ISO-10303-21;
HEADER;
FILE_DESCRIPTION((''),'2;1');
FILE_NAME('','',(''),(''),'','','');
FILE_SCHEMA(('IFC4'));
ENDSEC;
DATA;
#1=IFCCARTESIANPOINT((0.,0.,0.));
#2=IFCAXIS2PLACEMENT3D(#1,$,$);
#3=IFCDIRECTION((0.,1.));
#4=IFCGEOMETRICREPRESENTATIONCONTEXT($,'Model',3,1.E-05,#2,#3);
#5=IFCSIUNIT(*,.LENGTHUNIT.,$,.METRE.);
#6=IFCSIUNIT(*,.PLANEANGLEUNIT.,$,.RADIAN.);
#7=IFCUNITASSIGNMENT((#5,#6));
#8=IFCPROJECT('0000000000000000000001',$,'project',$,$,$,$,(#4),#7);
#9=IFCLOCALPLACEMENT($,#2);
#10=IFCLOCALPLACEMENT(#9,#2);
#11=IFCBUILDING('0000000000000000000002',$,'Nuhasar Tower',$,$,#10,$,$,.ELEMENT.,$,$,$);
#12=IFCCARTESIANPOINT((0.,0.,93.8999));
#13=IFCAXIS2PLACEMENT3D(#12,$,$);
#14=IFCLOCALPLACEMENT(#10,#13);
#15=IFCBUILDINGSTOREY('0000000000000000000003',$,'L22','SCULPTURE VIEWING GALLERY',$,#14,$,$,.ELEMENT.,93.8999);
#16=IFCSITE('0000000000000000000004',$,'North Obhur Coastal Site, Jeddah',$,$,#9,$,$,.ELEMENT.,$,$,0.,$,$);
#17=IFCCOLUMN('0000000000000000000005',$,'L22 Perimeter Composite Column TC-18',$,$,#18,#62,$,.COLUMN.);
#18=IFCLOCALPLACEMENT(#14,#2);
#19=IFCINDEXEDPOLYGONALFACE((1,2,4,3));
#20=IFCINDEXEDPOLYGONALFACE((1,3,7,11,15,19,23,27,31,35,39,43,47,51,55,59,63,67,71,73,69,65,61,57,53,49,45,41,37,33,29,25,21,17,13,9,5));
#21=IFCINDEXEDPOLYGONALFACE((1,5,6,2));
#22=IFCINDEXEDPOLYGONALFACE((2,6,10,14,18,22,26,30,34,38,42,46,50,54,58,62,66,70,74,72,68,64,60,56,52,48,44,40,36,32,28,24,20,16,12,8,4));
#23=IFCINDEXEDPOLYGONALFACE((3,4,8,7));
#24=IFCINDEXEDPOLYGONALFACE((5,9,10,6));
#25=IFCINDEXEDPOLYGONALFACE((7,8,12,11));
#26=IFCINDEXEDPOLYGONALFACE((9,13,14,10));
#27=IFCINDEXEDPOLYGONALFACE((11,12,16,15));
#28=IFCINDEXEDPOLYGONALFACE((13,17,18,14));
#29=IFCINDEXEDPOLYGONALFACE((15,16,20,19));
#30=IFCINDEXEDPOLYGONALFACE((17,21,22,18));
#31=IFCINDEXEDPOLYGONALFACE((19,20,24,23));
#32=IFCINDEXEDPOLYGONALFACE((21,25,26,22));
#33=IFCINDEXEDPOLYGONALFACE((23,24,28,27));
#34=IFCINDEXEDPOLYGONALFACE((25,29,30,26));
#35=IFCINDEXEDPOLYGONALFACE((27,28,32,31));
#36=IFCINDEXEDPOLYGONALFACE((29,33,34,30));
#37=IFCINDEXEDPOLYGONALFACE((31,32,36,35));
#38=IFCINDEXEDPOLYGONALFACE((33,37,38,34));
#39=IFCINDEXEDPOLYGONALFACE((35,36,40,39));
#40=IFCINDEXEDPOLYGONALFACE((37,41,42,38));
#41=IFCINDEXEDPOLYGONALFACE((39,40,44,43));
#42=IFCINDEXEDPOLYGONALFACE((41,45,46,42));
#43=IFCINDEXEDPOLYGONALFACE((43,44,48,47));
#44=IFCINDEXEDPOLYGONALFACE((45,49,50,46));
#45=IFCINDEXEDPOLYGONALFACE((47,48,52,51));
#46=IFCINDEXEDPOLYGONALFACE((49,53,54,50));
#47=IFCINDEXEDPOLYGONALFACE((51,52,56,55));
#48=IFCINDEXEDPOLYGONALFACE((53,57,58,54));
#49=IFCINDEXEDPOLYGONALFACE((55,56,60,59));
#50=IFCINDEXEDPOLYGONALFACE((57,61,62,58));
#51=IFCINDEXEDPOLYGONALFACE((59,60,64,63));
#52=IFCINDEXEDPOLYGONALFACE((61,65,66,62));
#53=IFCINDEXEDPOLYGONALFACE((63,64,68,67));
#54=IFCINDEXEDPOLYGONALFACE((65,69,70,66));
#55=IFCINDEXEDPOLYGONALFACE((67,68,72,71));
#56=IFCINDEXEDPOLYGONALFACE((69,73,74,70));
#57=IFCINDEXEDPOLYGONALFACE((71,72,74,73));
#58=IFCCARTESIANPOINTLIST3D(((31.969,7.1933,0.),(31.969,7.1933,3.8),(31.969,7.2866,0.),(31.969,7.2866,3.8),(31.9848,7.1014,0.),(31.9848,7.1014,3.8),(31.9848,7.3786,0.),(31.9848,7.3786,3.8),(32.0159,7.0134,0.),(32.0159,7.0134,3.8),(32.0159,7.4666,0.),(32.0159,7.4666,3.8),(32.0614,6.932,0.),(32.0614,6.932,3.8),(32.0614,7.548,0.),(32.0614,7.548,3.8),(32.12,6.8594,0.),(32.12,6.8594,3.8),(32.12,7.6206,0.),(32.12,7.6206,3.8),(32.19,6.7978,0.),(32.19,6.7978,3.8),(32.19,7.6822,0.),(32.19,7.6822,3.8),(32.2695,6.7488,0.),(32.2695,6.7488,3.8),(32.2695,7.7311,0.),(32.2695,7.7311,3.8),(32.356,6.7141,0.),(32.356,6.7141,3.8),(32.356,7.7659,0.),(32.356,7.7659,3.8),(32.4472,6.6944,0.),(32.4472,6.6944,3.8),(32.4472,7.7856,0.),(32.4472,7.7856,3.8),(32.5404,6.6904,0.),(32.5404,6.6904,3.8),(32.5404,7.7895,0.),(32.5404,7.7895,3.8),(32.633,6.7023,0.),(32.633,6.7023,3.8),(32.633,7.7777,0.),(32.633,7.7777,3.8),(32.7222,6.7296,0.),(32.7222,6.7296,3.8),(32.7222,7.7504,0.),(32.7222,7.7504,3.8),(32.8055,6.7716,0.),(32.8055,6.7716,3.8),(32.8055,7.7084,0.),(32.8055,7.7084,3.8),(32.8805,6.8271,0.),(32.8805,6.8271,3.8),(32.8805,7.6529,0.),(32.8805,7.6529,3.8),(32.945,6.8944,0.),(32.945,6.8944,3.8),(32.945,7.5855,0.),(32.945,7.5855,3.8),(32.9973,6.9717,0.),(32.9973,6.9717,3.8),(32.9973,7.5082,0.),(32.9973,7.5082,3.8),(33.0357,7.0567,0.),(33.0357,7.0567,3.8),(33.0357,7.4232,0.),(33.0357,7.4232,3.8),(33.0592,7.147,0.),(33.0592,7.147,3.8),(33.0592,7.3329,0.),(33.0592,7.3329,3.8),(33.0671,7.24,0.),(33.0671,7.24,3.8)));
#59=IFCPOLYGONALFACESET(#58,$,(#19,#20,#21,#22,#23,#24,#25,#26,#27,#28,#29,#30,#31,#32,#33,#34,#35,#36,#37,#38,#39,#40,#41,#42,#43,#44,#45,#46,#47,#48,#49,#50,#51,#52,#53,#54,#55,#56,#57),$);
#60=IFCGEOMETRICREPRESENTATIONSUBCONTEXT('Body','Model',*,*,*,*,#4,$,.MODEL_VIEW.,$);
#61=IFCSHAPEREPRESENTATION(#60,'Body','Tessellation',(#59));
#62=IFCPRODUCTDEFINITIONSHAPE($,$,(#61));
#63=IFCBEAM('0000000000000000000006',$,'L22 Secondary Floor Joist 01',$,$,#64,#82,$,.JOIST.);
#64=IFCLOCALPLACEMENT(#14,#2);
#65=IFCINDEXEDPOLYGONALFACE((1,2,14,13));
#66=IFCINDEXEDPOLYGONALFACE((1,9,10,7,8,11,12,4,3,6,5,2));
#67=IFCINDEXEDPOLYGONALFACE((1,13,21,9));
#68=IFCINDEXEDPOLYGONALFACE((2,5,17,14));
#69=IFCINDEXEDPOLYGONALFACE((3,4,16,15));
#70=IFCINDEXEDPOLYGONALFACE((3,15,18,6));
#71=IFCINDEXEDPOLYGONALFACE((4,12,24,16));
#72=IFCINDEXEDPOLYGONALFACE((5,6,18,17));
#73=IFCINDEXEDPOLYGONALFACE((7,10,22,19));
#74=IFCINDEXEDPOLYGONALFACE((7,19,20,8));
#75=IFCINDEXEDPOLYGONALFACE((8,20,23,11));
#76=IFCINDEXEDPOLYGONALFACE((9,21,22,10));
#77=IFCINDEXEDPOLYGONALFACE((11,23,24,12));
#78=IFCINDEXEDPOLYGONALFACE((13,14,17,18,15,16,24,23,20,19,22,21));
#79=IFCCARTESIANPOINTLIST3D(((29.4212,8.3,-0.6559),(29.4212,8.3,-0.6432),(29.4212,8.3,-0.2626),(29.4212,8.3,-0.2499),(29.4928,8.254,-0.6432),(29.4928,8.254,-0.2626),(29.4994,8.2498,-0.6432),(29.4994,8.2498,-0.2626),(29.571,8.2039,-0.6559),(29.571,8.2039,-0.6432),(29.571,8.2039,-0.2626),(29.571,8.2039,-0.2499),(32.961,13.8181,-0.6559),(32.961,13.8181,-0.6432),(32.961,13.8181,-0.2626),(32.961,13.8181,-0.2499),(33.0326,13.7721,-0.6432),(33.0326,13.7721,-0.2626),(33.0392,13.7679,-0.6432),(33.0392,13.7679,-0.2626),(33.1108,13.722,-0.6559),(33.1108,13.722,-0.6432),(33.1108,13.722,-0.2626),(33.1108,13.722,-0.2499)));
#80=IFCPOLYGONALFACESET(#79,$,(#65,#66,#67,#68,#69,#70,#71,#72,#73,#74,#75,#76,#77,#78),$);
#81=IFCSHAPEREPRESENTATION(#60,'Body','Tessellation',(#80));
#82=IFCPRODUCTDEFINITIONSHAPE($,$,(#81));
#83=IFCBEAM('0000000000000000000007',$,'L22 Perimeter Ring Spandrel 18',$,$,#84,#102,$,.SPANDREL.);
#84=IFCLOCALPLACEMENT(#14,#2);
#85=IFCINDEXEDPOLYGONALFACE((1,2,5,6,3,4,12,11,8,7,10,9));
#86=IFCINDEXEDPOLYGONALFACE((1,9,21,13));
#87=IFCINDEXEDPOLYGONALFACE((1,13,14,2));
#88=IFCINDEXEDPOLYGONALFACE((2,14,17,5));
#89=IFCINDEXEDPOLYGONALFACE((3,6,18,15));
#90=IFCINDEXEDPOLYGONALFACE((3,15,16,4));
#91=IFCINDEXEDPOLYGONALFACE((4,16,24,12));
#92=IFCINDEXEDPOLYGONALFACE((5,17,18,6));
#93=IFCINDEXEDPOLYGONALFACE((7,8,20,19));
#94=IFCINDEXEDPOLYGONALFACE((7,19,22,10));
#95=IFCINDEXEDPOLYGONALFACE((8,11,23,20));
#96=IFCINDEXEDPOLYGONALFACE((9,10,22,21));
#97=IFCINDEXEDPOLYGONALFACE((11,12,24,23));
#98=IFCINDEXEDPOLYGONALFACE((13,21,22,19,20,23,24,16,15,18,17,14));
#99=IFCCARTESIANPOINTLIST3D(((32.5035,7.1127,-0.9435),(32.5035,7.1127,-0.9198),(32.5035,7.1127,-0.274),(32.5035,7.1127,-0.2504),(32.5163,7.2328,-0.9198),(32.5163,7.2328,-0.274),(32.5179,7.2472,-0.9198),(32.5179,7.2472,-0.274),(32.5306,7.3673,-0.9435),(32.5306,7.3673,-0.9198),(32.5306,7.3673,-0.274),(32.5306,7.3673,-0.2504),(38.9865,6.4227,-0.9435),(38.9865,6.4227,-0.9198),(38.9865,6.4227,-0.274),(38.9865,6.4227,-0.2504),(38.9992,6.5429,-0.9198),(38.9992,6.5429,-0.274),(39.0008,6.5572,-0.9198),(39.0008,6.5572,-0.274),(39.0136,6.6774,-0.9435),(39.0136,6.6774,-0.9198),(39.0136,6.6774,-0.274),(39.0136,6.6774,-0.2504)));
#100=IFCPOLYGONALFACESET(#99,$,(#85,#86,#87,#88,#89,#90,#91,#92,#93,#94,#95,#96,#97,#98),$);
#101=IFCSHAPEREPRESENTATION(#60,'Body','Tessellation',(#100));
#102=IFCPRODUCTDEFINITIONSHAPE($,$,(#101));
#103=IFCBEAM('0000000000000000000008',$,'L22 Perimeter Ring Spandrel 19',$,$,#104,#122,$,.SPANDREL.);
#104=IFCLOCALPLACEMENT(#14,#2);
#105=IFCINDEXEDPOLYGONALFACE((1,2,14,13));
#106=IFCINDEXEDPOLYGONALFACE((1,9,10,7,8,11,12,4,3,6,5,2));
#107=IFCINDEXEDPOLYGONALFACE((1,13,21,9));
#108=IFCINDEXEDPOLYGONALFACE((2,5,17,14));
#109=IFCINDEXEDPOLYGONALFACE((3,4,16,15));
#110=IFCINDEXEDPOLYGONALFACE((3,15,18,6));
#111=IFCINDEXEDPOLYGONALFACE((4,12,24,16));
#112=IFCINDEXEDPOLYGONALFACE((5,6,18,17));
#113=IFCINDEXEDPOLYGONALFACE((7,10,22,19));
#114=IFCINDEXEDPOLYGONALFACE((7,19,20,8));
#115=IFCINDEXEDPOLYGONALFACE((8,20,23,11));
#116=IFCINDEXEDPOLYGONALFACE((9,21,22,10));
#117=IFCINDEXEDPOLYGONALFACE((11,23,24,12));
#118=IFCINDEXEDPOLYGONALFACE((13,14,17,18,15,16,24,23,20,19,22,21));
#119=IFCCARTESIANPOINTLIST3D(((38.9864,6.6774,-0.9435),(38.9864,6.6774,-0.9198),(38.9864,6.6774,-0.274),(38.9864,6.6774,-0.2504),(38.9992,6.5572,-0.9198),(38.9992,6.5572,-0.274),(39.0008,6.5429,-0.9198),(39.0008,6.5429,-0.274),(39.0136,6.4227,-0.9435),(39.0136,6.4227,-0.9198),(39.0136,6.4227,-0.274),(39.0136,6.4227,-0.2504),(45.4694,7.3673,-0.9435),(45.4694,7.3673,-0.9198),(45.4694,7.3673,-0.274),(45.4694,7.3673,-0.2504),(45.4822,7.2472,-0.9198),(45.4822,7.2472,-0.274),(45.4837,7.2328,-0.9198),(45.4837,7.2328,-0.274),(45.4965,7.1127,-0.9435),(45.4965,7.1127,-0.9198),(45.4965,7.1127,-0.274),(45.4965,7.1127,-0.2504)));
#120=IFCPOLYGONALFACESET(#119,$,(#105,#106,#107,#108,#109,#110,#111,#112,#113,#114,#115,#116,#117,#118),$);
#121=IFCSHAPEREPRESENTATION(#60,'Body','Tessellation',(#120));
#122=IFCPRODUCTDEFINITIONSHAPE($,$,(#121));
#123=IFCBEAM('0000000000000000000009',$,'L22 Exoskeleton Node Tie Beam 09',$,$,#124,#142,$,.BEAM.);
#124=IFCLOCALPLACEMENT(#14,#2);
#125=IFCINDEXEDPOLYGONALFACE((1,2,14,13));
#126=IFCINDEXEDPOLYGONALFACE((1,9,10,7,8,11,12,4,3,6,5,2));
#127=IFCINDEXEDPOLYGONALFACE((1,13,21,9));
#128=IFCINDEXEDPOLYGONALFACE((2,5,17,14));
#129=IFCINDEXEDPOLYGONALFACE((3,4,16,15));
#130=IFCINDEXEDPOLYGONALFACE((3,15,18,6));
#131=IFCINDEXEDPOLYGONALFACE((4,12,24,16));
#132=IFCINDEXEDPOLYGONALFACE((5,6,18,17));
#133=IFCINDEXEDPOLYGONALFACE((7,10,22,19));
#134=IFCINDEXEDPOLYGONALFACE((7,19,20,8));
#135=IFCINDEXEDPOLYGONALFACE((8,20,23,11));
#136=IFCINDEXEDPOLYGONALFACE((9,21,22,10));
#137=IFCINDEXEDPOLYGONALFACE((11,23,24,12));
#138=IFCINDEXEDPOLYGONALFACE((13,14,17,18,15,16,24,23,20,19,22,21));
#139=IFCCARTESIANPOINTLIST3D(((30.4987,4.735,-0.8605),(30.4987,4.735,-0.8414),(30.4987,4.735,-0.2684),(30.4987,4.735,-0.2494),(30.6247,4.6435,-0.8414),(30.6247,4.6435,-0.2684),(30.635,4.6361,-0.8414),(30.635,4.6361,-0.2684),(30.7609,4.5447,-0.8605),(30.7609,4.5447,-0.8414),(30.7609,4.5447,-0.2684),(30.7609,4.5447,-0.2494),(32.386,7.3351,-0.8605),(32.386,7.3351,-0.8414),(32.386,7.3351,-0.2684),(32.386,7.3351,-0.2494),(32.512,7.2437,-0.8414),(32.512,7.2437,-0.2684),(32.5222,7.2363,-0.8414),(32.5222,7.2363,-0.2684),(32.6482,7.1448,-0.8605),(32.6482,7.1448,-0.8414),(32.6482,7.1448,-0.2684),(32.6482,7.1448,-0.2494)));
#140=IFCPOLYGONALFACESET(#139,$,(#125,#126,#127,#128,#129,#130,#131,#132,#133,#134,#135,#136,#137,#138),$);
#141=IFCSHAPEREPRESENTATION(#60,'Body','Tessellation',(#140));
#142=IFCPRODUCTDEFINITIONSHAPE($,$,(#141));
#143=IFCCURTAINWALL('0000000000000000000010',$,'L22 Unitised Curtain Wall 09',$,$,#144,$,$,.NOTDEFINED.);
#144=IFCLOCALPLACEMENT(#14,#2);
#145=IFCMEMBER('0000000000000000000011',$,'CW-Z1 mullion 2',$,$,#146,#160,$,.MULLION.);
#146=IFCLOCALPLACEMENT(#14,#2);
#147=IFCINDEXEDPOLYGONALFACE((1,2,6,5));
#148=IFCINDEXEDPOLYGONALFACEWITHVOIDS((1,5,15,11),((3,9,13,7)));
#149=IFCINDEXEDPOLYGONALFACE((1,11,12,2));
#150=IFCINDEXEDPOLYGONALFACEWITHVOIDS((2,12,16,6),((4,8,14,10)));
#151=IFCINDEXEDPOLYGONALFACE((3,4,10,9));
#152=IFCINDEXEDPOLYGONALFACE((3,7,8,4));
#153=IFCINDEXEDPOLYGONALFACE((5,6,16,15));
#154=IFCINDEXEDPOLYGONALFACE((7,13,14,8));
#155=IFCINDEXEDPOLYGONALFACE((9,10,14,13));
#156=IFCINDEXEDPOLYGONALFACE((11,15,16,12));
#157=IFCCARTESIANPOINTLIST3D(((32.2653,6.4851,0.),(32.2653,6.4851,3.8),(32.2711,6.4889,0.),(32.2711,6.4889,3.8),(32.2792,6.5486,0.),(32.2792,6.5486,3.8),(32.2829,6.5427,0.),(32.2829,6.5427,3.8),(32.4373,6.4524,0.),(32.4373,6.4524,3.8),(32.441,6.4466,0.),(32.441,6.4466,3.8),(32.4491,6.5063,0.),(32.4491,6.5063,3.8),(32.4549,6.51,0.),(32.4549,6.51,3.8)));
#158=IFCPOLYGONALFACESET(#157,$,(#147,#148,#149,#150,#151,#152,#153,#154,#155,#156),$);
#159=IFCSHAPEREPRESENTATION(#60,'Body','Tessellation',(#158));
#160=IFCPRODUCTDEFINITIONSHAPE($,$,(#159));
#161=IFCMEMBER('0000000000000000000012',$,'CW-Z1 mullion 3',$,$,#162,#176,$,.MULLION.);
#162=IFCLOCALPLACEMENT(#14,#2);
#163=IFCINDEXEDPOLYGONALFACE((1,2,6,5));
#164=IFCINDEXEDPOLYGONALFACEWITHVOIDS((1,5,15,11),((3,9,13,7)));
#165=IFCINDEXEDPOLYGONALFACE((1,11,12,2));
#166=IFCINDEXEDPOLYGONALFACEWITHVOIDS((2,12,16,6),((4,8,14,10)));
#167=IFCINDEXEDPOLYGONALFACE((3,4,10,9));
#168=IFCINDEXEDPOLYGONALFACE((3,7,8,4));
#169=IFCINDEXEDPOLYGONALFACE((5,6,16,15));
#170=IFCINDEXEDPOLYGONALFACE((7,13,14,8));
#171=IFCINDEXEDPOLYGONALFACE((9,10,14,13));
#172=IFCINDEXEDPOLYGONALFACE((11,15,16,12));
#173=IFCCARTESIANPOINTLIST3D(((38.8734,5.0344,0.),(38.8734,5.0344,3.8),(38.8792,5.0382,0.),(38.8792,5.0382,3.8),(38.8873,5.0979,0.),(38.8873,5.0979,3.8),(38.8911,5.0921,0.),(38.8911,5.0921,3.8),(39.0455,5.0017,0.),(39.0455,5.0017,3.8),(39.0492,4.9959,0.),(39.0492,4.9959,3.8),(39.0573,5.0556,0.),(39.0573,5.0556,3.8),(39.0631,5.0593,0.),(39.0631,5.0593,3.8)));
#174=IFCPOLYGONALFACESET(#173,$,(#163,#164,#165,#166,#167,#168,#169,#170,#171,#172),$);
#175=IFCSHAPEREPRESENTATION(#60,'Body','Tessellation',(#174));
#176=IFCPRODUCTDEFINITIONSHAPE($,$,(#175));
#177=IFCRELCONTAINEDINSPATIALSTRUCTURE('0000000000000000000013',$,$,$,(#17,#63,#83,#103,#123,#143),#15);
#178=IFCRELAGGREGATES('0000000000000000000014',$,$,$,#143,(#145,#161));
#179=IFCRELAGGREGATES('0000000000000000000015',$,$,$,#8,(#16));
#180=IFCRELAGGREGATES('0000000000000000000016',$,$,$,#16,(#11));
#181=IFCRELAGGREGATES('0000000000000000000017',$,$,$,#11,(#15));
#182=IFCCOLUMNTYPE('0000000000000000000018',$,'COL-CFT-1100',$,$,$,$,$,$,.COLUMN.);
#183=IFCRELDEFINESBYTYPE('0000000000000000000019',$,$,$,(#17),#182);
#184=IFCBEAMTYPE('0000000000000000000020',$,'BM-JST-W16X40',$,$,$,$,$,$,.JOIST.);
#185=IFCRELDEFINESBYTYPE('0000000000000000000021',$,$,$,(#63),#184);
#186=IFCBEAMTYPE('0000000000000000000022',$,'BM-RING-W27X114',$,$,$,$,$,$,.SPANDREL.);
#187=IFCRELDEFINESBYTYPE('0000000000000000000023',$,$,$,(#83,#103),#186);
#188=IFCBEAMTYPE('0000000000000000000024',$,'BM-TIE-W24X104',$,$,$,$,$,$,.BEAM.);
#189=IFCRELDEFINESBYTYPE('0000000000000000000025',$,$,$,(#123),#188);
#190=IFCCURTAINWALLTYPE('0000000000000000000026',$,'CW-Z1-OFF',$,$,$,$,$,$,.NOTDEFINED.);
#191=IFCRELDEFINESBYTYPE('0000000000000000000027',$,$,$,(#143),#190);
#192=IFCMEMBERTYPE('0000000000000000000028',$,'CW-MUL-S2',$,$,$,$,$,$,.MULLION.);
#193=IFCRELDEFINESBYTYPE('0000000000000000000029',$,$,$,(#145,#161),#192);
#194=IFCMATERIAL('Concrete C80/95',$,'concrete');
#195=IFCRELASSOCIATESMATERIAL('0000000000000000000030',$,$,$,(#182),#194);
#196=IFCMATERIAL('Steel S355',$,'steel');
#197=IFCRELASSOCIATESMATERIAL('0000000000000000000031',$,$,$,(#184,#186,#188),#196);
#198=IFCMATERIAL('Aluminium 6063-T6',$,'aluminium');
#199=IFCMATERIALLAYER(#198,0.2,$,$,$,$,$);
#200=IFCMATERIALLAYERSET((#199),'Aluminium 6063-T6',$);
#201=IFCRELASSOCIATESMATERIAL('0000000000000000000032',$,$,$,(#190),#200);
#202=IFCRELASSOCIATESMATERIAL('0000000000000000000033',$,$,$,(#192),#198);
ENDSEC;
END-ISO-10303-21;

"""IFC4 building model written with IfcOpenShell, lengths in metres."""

from ifc_helpers import new_model, si_unit, direction, frame, origin, origin_2d, place, context, subcontext, project, spatial, hollow_rectangle, circle, i_section, extrude, material, layer, layer_set, material_profile, profile_set, type_object, element, aggregate, save


model = new_model("IFC4")

# Units and contexts
model_context = context("Model", 3, precision=1e-05, world=origin(), true_north=direction((0.0, 1.0)))
body_context = subcontext(model_context, "Body", "Model", "MODEL_VIEW")
ifc_project = project(units=[si_unit("LENGTHUNIT", "METRE"), si_unit("PLANEANGLEUNIT", "RADIAN")], contexts=[model_context])

# Site, building, storey
site_placement = place(None, origin())
site = spatial("IfcSite", under=ifc_project, at=site_placement, Name="North Obhur Coastal Site, Jeddah", CompositionType="ELEMENT", RefElevation=0.0)
building_placement = place(site_placement, origin())
building = spatial("IfcBuilding", under=site, at=building_placement, Name="Nuhasar Tower", CompositionType="ELEMENT")
storey_placement = place(building_placement, frame((0.0, 0.0, 93.8999)))
storey = spatial("IfcBuildingStorey", under=building, at=storey_placement, Name="L22", Description="SCULPTURE VIEWING GALLERY", CompositionType="ELEMENT", Elevation=93.8999)

# Column
ifc_material_1 = material(Name="Concrete C80/95", Category="concrete")
ifc_material_profile_1 = material_profile(ifc_material_1, circle(Radius=0.55, at=origin_2d()), Name="CFT1100")
ifc_profile_set_1 = profile_set([ifc_material_profile_1], Name="Concrete C80/95")
column_type = type_object("IfcColumnType", Name="COL-CFT-1100", PredefinedType="COLUMN", material=ifc_profile_set_1)
column_placement = place(storey_placement, frame((32.5171, 7.24, 0.0), z_axis=(0.0, 0.0, 1.0), x_axis=(1.0, 0.0, 0.0)))
element("IfcColumn", 1, at=column_placement, inside=storey, type_object=column_type, Name="L22 Perimeter Composite Column TC-18", PredefinedType="COLUMN", context=body_context, shape_type="SweptSolid", body=[
    extrude(circle(Radius=0.55, at=origin_2d()), origin(), (0.0, 0.0, 1.0), 3.8),
])

# Beams
ifc_material_2 = material(Name="Steel S355", Category="steel")
ifc_material_profile_2 = material_profile(ifc_material_2, i_section(OverallWidth=0.178, OverallDepth=0.406, WebThickness=0.0078, FlangeThickness=0.0127, at=origin_2d()), Name="W16X40")
ifc_profile_set_2 = profile_set([ifc_material_profile_2], Name="Steel S355")
beam_type_1 = type_object("IfcBeamType", Name="BM-JST-W16X40", PredefinedType="JOIST", material=ifc_profile_set_2)
beam_1_placement = place(storey_placement, frame((33.0359, 13.77, -0.4529), z_axis=(-0.539944, -0.841701, 0.0), x_axis=(0.841701, -0.539944, 0.0)))
element("IfcBeam", 2, at=beam_1_placement, inside=storey, type_object=beam_type_1, Name="L22 Secondary Floor Joist 01", PredefinedType="JOIST", context=body_context, shape_type="SweptSolid", body=[
    extrude(i_section(OverallWidth=0.178, OverallDepth=0.406, WebThickness=0.0078, FlangeThickness=0.0127, at=origin_2d()), origin(), (0.0, 0.0, 1.0), 6.5559),
])
ifc_material_profile_3 = material_profile(ifc_material_2, i_section(OverallWidth=0.2561, OverallDepth=0.6931, WebThickness=0.0144, FlangeThickness=0.0237, at=origin_2d()), Name="W27X114")
ifc_profile_set_3 = profile_set([ifc_material_profile_3], Name="Steel S355")
beam_type_2 = type_object("IfcBeamType", Name="BM-RING-W27X114", PredefinedType="SPANDREL", material=ifc_profile_set_3)
for number, where, z_axis, x_axis, name in (
    (3, (32.5171, 7.24, -0.5969), (0.994385, -0.105827, 0.0), (0.105827, 0.994385, 0.0), "L22 Perimeter Ring Spandrel 18"),
    (4, (39.0, 6.55, -0.5969), (0.994385, 0.105827, 0.0), (-0.105827, 0.994385, 0.0), "L22 Perimeter Ring Spandrel 19"),
):
    element("IfcBeam", number, at=place(storey_placement, frame(where, z_axis=z_axis, x_axis=x_axis)), inside=storey, type_object=beam_type_2, Name=name, PredefinedType="SPANDREL", context=body_context, shape_type="SweptSolid", body=[
        extrude(i_section(OverallWidth=0.2561, OverallDepth=0.6931, WebThickness=0.0144, FlangeThickness=0.0237, at=origin_2d()), origin(), (0.0, 0.0, 1.0), 6.5195),
    ])
ifc_material_profile_4 = material_profile(ifc_material_2, i_section(OverallWidth=0.324, OverallDepth=0.6111, WebThickness=0.0127, FlangeThickness=0.019, at=origin_2d()), Name="W24X104")
ifc_profile_set_4 = profile_set([ifc_material_profile_4], Name="Steel S355")
beam_type_3 = type_object("IfcBeamType", Name="BM-TIE-W24X104", PredefinedType="BEAM", material=ifc_profile_set_4)
beam_2_placement = place(storey_placement, frame((32.5171, 7.24, -0.5549), z_axis=(-0.587403, -0.809294, 0.0), x_axis=(0.809294, -0.587403, 0.0)))
element("IfcBeam", 5, at=beam_2_placement, inside=storey, type_object=beam_type_3, Name="L22 Exoskeleton Node Tie Beam 09", PredefinedType="BEAM", context=body_context, shape_type="SweptSolid", body=[
    extrude(i_section(OverallWidth=0.324, OverallDepth=0.6111, WebThickness=0.0127, FlangeThickness=0.019, at=origin_2d()), origin(), (0.0, 0.0, 1.0), 3.2129),
])

# Curtain wall, members
ifc_material_3 = material(Name="Aluminium 6063-T6", Category="aluminium")
ifc_layer_1 = layer(ifc_material_3, 0.2)
ifc_layer_set_1 = layer_set([ifc_layer_1], Name="Aluminium 6063-T6")
curtain_wall_type = type_object("IfcCurtainWallType", Name="CW-Z1-OFF", PredefinedType="NOTDEFINED", material=ifc_layer_set_1)
curtain_wall_placement = place(storey_placement, origin())
curtain_wall = element("IfcCurtainWall", 6, at=curtain_wall_placement, inside=storey, type_object=curtain_wall_type, Name="L22 Unitised Curtain Wall 09", PredefinedType="NOTDEFINED")
ifc_material_profile_5 = material_profile(ifc_material_3, hollow_rectangle(XDim=0.0649, YDim=0.1799, WallThickness=0.0049, at=origin_2d()), Name="CWM-2")
ifc_profile_set_5 = profile_set([ifc_material_profile_5], Name="Aluminium 6063-T6")
member_type_1 = type_object("IfcMemberType", Name="CW-MUL-S2", PredefinedType="MULLION", material=ifc_profile_set_5)
member_1_placement = place(storey_placement, frame((32.3601, 6.4976, 0.0), z_axis=(0.0, 0.0, 1.0), x_axis=(0.214399, 0.976746, 0.0)))
member_1 = element("IfcMember", 7, at=member_1_placement, type_object=member_type_1, Name="CW-Z1 mullion 2", PredefinedType="MULLION", context=body_context, shape_type="SweptSolid", body=[
    extrude(hollow_rectangle(XDim=0.0649, YDim=0.1799, WallThickness=0.0049, at=origin_2d()), origin(), (0.0, 0.0, 1.0), 3.8),
])
member_2_placement = place(storey_placement, frame((38.9683, 5.0469, 0.0), z_axis=(0.0, 0.0, 1.0), x_axis=(0.214399, 0.976746, 0.0)))
member_2 = element("IfcMember", 8, at=member_2_placement, type_object=member_type_1, Name="CW-Z1 mullion 3", PredefinedType="MULLION", context=body_context, shape_type="SweptSolid", body=[
    extrude(hollow_rectangle(XDim=0.0649, YDim=0.1799, WallThickness=0.0049, at=origin_2d()), origin(), (0.0, 0.0, 1.0), 3.8),
])

aggregate(curtain_wall, [member_1, member_2])

save(model, "model.ifc")
